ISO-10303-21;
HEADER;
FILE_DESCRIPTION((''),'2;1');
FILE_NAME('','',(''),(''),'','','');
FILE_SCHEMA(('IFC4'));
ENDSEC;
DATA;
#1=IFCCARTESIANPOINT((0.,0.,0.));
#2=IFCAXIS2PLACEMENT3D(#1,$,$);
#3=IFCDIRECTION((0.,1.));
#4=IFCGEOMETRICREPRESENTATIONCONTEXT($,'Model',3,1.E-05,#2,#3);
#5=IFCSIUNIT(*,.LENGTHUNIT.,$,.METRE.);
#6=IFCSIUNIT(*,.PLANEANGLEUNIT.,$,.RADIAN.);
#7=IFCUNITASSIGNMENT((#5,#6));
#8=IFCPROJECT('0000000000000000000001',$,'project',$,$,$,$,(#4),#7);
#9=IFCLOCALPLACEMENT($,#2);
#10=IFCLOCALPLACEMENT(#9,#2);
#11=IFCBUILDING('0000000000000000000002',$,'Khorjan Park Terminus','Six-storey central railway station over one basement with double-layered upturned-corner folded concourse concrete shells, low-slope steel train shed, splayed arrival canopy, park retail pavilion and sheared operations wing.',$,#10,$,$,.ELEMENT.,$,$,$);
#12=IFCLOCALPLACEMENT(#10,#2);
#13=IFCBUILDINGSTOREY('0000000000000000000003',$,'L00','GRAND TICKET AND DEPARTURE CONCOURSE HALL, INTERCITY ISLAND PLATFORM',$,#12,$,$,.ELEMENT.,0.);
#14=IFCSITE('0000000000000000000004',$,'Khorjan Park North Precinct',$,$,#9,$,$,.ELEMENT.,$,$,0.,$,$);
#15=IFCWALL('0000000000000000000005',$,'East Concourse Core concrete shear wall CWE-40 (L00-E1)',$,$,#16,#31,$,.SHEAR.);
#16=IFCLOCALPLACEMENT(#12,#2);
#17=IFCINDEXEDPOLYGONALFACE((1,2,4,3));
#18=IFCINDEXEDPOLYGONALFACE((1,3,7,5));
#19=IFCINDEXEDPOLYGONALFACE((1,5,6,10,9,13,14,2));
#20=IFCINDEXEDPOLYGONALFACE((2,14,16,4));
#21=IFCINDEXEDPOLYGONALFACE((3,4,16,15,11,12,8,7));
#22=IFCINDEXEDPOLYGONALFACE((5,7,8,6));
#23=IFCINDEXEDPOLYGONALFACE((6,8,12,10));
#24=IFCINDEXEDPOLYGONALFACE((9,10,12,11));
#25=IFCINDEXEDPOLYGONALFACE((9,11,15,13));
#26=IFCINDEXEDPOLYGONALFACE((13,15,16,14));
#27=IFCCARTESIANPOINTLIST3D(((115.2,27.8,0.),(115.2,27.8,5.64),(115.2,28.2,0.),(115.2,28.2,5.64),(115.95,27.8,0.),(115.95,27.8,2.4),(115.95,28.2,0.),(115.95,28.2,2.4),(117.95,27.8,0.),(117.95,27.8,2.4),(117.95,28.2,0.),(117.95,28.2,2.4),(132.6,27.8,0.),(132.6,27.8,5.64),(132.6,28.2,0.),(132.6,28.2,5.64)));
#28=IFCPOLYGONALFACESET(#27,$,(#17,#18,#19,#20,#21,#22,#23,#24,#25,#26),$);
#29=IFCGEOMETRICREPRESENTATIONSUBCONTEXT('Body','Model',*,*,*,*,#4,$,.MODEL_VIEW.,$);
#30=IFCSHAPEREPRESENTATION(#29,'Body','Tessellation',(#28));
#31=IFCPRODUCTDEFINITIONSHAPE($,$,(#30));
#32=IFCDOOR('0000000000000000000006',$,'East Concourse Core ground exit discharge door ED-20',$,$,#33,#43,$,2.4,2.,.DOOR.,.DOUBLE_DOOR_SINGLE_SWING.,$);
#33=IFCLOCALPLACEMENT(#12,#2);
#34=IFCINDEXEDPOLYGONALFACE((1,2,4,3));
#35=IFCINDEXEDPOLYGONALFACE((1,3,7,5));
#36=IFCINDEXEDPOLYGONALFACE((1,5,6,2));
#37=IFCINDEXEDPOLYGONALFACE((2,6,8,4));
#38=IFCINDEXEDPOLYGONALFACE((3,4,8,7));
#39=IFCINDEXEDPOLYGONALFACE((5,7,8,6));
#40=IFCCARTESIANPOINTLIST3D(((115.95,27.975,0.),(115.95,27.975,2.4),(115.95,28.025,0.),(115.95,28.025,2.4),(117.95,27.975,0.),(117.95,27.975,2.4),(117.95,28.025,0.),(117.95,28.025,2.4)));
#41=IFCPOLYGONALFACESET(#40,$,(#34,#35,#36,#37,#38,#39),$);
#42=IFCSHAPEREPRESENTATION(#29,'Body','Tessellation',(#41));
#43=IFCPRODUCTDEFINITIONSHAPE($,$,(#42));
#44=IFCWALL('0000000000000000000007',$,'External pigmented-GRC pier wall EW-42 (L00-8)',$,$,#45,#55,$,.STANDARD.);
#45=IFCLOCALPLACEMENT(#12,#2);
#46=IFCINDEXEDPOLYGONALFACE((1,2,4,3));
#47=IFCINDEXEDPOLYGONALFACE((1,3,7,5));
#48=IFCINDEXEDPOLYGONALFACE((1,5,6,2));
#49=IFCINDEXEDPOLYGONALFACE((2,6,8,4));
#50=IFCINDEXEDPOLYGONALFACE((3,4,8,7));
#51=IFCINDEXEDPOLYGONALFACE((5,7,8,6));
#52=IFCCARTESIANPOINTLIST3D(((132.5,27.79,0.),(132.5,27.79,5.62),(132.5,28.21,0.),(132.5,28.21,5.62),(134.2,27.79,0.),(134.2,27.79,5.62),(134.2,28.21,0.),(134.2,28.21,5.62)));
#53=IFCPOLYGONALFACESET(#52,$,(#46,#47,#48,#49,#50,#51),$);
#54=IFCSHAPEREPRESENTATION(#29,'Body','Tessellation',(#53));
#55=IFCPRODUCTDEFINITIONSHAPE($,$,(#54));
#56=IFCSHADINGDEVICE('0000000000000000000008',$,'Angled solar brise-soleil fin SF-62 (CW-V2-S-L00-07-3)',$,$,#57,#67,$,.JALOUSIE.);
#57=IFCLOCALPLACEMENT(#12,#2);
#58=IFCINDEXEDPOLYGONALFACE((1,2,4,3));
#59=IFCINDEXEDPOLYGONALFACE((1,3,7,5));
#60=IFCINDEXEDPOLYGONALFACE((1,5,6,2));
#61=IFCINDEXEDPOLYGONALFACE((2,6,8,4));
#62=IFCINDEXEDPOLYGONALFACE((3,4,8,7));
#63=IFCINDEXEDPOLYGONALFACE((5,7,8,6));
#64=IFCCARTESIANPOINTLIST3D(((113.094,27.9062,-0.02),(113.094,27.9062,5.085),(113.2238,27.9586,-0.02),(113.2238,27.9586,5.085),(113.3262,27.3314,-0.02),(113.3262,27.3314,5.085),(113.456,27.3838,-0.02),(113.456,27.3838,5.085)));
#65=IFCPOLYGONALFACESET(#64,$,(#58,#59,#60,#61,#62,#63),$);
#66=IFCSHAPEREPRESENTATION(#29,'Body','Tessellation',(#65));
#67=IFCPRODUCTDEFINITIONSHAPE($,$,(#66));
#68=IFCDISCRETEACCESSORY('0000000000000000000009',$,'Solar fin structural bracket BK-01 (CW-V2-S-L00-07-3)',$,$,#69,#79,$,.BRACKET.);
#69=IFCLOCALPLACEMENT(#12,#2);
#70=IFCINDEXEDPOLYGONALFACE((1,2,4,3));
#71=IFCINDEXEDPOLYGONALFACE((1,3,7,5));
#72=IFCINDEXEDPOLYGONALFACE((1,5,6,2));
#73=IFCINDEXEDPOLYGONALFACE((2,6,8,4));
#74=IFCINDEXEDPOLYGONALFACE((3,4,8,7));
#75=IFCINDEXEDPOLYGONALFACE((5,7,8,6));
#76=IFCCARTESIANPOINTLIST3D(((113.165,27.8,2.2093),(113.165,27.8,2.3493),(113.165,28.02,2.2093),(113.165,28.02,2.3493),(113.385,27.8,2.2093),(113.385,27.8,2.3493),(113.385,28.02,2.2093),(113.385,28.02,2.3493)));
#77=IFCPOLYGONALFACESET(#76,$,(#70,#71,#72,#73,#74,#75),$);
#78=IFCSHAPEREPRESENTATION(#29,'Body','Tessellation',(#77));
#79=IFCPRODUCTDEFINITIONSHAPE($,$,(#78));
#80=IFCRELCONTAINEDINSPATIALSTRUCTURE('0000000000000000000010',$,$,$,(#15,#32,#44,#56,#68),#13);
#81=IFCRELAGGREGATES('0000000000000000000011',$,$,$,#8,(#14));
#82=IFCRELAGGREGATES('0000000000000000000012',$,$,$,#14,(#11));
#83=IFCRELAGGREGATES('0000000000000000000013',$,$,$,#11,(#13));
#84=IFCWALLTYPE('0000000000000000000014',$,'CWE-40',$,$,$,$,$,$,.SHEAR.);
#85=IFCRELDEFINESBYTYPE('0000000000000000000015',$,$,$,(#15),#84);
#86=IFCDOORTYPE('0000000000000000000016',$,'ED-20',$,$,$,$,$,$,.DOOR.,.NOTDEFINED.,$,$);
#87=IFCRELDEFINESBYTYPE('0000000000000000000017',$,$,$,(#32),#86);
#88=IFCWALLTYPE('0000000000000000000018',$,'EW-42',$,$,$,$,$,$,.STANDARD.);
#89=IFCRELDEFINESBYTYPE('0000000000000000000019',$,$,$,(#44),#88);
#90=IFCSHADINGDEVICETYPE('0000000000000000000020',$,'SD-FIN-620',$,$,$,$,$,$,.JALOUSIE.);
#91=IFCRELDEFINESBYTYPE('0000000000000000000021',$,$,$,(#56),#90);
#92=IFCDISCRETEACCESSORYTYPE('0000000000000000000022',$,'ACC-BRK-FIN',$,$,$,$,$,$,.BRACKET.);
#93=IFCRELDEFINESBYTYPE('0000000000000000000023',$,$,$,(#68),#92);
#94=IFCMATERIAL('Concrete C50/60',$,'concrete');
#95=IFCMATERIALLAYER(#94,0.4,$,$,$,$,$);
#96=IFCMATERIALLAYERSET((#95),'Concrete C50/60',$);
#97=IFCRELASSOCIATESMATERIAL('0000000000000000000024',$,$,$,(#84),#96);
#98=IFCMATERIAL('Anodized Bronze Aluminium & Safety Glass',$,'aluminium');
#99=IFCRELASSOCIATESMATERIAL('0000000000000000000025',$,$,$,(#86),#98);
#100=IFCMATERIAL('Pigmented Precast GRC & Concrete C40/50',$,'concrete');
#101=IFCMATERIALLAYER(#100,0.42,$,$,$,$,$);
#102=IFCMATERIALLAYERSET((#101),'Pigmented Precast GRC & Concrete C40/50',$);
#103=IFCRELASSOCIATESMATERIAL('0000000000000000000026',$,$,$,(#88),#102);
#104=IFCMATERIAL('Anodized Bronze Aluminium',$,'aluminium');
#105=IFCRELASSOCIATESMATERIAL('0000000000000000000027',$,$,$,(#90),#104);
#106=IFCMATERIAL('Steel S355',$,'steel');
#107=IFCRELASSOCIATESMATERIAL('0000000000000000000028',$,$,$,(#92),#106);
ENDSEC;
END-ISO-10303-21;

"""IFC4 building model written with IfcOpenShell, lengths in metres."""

from ifc_helpers import new_model, si_unit, direction, frame, frame_2d, origin, origin_2d, place, context, subcontext, project, spatial, rectangle, extrude, material, layer, layer_set, type_object, element, fill, save


model = new_model("IFC4")

# Units and contexts
model_context = context("Model", 3, precision=1e-05, world=origin(), true_north=direction((0.0, 1.0)))
body_context = subcontext(model_context, "Body", "Model", "MODEL_VIEW")
ifc_project = project(units=[si_unit("LENGTHUNIT", "METRE"), si_unit("PLANEANGLEUNIT", "RADIAN")], contexts=[model_context])

# Site, building, storey
site_placement = place(None, origin())
site = spatial("IfcSite", under=ifc_project, at=site_placement, Name="Khorjan Park North Precinct", CompositionType="ELEMENT", RefElevation=0.0)
building_placement = place(site_placement, origin())
building = spatial("IfcBuilding", under=site, at=building_placement, Name="Khorjan Park Terminus", Description="Six-storey central railway station over one basement with double-layered upturned-corner folded concourse concrete shells, low-slope steel train shed, splayed arrival canopy, park retail pavilion and sheared operations wing.", CompositionType="ELEMENT")
storey_placement = place(building_placement, origin())
storey = spatial("IfcBuildingStorey", under=building, at=storey_placement, Name="L00", Description="GRAND TICKET AND DEPARTURE CONCOURSE HALL, INTERCITY ISLAND PLATFORM", CompositionType="ELEMENT", Elevation=0.0)

# Shared definitions
ifc_material_1 = material(Name="Anodized Bronze Aluminium", Category="aluminium")

# Shared definitions
ifc_material_2 = material(Name="Concrete C50/60", Category="concrete")

# Wall, opening, door
ifc_layer_1 = layer(ifc_material_2, 0.4)
ifc_layer_set_1 = layer_set([ifc_layer_1], Name="Concrete C50/60")
wall_type_1 = type_object("IfcWallType", Name="CWE-40", PredefinedType="SHEAR", material=ifc_layer_set_1)
wall_1_placement = place(storey_placement, frame((115.2, 28.0, 0.0), z_axis=(0.0, 0.0, 1.0), x_axis=(1.0, 0.0, 0.0)))
wall_1 = element("IfcWall", 1, at=wall_1_placement, inside=storey, type_object=wall_type_1, Name="East Concourse Core concrete shear wall CWE-40 (L00-E1)", PredefinedType="SHEAR", context=body_context, shape_type="SweptSolid", body=[
    extrude(rectangle(XDim=17.4, YDim=0.4, at=frame_2d((8.7, 0.0))), origin(), (0.0, 0.0, 1.0), 5.64),
])
opening_placement = place(wall_1_placement, frame((0.75, 0.0, 0.0)))
opening = element("IfcOpeningElement", 2, at=opening_placement, cuts=wall_1, PredefinedType="OPENING", context=body_context, shape_type="SweptSolid", body=[
    extrude(rectangle(XDim=2.0, YDim=2.4, at=frame_2d((1.0, 1.2))), frame((0.0, 0.21, 0.0), z_axis=(0.0, -1.0, 0.0), x_axis=(1.0, 0.0, 0.0)), (0.0, 0.0, 1.0), 0.42),
])
ifc_material_3 = material(Name="Anodized Bronze Aluminium & Safety Glass", Category="aluminium")
door_type = type_object("IfcDoorType", Name="ED-20", OperationType="NOTDEFINED", PredefinedType="DOOR", material=ifc_material_3)
door_placement = place(opening_placement, frame((2.0, 0.0, 0.0), z_axis=(0.0, 0.0, 1.0), x_axis=(-1.0, 0.0, 0.0)))
door = element("IfcDoor", 3, at=door_placement, inside=storey, type_object=door_type, Name="East Concourse Core ground exit discharge door ED-20", OperationType="DOUBLE_DOOR_SINGLE_SWING", OverallHeight=2.4, OverallWidth=2.0, PredefinedType="DOOR", context=body_context, shape_type="SweptSolid", body=[
    extrude(rectangle(XDim=2.0, YDim=2.4, at=frame_2d((1.0, 1.2))), frame((0.0, 0.025, 0.0), z_axis=(0.0, -1.0, 0.0), x_axis=(1.0, 0.0, 0.0)), (0.0, 0.0, 1.0), 0.05),
])
fill(opening, door)

# Wall
ifc_material_4 = material(Name="Pigmented Precast GRC & Concrete C40/50", Category="concrete")
ifc_layer_2 = layer(ifc_material_4, 0.42)
ifc_layer_set_2 = layer_set([ifc_layer_2], Name="Pigmented Precast GRC & Concrete C40/50")
wall_type_2 = type_object("IfcWallType", Name="EW-42", PredefinedType="STANDARD", material=ifc_layer_set_2)
wall_2_placement = place(storey_placement, frame((132.5, 28.0, 0.0), z_axis=(0.0, 0.0, 1.0), x_axis=(1.0, 0.0, 0.0)))
element("IfcWall", 4, at=wall_2_placement, inside=storey, type_object=wall_type_2, Name="External pigmented-GRC pier wall EW-42 (L00-8)", PredefinedType="STANDARD", context=body_context, shape_type="SweptSolid", body=[
    extrude(rectangle(XDim=1.7, YDim=0.42, at=frame_2d((0.85, 0.0))), origin(), (0.0, 0.0, 1.0), 5.62),
])

# Shading device
shading_device_type = type_object("IfcShadingDeviceType", Name="SD-FIN-620", PredefinedType="JALOUSIE", material=ifc_material_1)
shading_device_placement = place(storey_placement, frame((113.275, 27.645, -0.02), z_axis=(0.0, 0.0, 1.0), x_axis=(-0.374607, 0.927184, 0.0)))
element("IfcShadingDevice", 5, at=shading_device_placement, inside=storey, type_object=shading_device_type, Name="Angled solar brise-soleil fin SF-62 (CW-V2-S-L00-07-3)", PredefinedType="JALOUSIE", context=body_context, shape_type="SweptSolid", body=[
    extrude(rectangle(XDim=0.62, YDim=0.14, at=origin_2d()), origin(), (0.0, 0.0, 1.0), 5.105),
])

# Discrete accessory
ifc_material_5 = material(Name="Steel S355", Category="steel")
discrete_accessory_type = type_object("IfcDiscreteAccessoryType", Name="ACC-BRK-FIN", PredefinedType="BRACKET", material=ifc_material_5)
discrete_accessory_placement = place(storey_placement, frame((113.275, 27.91, 2.2093), z_axis=(0.0, 0.0, 1.0), x_axis=(1.0, 0.0, 0.0)))
element("IfcDiscreteAccessory", 6, at=discrete_accessory_placement, inside=storey, type_object=discrete_accessory_type, Name="Solar fin structural bracket BK-01 (CW-V2-S-L00-07-3)", PredefinedType="BRACKET", context=body_context, shape_type="SweptSolid", body=[
    extrude(rectangle(XDim=0.22, YDim=0.22, at=origin_2d()), origin(), (0.0, 0.0, 1.0), 0.14),
])

save(model, "model.ifc")
